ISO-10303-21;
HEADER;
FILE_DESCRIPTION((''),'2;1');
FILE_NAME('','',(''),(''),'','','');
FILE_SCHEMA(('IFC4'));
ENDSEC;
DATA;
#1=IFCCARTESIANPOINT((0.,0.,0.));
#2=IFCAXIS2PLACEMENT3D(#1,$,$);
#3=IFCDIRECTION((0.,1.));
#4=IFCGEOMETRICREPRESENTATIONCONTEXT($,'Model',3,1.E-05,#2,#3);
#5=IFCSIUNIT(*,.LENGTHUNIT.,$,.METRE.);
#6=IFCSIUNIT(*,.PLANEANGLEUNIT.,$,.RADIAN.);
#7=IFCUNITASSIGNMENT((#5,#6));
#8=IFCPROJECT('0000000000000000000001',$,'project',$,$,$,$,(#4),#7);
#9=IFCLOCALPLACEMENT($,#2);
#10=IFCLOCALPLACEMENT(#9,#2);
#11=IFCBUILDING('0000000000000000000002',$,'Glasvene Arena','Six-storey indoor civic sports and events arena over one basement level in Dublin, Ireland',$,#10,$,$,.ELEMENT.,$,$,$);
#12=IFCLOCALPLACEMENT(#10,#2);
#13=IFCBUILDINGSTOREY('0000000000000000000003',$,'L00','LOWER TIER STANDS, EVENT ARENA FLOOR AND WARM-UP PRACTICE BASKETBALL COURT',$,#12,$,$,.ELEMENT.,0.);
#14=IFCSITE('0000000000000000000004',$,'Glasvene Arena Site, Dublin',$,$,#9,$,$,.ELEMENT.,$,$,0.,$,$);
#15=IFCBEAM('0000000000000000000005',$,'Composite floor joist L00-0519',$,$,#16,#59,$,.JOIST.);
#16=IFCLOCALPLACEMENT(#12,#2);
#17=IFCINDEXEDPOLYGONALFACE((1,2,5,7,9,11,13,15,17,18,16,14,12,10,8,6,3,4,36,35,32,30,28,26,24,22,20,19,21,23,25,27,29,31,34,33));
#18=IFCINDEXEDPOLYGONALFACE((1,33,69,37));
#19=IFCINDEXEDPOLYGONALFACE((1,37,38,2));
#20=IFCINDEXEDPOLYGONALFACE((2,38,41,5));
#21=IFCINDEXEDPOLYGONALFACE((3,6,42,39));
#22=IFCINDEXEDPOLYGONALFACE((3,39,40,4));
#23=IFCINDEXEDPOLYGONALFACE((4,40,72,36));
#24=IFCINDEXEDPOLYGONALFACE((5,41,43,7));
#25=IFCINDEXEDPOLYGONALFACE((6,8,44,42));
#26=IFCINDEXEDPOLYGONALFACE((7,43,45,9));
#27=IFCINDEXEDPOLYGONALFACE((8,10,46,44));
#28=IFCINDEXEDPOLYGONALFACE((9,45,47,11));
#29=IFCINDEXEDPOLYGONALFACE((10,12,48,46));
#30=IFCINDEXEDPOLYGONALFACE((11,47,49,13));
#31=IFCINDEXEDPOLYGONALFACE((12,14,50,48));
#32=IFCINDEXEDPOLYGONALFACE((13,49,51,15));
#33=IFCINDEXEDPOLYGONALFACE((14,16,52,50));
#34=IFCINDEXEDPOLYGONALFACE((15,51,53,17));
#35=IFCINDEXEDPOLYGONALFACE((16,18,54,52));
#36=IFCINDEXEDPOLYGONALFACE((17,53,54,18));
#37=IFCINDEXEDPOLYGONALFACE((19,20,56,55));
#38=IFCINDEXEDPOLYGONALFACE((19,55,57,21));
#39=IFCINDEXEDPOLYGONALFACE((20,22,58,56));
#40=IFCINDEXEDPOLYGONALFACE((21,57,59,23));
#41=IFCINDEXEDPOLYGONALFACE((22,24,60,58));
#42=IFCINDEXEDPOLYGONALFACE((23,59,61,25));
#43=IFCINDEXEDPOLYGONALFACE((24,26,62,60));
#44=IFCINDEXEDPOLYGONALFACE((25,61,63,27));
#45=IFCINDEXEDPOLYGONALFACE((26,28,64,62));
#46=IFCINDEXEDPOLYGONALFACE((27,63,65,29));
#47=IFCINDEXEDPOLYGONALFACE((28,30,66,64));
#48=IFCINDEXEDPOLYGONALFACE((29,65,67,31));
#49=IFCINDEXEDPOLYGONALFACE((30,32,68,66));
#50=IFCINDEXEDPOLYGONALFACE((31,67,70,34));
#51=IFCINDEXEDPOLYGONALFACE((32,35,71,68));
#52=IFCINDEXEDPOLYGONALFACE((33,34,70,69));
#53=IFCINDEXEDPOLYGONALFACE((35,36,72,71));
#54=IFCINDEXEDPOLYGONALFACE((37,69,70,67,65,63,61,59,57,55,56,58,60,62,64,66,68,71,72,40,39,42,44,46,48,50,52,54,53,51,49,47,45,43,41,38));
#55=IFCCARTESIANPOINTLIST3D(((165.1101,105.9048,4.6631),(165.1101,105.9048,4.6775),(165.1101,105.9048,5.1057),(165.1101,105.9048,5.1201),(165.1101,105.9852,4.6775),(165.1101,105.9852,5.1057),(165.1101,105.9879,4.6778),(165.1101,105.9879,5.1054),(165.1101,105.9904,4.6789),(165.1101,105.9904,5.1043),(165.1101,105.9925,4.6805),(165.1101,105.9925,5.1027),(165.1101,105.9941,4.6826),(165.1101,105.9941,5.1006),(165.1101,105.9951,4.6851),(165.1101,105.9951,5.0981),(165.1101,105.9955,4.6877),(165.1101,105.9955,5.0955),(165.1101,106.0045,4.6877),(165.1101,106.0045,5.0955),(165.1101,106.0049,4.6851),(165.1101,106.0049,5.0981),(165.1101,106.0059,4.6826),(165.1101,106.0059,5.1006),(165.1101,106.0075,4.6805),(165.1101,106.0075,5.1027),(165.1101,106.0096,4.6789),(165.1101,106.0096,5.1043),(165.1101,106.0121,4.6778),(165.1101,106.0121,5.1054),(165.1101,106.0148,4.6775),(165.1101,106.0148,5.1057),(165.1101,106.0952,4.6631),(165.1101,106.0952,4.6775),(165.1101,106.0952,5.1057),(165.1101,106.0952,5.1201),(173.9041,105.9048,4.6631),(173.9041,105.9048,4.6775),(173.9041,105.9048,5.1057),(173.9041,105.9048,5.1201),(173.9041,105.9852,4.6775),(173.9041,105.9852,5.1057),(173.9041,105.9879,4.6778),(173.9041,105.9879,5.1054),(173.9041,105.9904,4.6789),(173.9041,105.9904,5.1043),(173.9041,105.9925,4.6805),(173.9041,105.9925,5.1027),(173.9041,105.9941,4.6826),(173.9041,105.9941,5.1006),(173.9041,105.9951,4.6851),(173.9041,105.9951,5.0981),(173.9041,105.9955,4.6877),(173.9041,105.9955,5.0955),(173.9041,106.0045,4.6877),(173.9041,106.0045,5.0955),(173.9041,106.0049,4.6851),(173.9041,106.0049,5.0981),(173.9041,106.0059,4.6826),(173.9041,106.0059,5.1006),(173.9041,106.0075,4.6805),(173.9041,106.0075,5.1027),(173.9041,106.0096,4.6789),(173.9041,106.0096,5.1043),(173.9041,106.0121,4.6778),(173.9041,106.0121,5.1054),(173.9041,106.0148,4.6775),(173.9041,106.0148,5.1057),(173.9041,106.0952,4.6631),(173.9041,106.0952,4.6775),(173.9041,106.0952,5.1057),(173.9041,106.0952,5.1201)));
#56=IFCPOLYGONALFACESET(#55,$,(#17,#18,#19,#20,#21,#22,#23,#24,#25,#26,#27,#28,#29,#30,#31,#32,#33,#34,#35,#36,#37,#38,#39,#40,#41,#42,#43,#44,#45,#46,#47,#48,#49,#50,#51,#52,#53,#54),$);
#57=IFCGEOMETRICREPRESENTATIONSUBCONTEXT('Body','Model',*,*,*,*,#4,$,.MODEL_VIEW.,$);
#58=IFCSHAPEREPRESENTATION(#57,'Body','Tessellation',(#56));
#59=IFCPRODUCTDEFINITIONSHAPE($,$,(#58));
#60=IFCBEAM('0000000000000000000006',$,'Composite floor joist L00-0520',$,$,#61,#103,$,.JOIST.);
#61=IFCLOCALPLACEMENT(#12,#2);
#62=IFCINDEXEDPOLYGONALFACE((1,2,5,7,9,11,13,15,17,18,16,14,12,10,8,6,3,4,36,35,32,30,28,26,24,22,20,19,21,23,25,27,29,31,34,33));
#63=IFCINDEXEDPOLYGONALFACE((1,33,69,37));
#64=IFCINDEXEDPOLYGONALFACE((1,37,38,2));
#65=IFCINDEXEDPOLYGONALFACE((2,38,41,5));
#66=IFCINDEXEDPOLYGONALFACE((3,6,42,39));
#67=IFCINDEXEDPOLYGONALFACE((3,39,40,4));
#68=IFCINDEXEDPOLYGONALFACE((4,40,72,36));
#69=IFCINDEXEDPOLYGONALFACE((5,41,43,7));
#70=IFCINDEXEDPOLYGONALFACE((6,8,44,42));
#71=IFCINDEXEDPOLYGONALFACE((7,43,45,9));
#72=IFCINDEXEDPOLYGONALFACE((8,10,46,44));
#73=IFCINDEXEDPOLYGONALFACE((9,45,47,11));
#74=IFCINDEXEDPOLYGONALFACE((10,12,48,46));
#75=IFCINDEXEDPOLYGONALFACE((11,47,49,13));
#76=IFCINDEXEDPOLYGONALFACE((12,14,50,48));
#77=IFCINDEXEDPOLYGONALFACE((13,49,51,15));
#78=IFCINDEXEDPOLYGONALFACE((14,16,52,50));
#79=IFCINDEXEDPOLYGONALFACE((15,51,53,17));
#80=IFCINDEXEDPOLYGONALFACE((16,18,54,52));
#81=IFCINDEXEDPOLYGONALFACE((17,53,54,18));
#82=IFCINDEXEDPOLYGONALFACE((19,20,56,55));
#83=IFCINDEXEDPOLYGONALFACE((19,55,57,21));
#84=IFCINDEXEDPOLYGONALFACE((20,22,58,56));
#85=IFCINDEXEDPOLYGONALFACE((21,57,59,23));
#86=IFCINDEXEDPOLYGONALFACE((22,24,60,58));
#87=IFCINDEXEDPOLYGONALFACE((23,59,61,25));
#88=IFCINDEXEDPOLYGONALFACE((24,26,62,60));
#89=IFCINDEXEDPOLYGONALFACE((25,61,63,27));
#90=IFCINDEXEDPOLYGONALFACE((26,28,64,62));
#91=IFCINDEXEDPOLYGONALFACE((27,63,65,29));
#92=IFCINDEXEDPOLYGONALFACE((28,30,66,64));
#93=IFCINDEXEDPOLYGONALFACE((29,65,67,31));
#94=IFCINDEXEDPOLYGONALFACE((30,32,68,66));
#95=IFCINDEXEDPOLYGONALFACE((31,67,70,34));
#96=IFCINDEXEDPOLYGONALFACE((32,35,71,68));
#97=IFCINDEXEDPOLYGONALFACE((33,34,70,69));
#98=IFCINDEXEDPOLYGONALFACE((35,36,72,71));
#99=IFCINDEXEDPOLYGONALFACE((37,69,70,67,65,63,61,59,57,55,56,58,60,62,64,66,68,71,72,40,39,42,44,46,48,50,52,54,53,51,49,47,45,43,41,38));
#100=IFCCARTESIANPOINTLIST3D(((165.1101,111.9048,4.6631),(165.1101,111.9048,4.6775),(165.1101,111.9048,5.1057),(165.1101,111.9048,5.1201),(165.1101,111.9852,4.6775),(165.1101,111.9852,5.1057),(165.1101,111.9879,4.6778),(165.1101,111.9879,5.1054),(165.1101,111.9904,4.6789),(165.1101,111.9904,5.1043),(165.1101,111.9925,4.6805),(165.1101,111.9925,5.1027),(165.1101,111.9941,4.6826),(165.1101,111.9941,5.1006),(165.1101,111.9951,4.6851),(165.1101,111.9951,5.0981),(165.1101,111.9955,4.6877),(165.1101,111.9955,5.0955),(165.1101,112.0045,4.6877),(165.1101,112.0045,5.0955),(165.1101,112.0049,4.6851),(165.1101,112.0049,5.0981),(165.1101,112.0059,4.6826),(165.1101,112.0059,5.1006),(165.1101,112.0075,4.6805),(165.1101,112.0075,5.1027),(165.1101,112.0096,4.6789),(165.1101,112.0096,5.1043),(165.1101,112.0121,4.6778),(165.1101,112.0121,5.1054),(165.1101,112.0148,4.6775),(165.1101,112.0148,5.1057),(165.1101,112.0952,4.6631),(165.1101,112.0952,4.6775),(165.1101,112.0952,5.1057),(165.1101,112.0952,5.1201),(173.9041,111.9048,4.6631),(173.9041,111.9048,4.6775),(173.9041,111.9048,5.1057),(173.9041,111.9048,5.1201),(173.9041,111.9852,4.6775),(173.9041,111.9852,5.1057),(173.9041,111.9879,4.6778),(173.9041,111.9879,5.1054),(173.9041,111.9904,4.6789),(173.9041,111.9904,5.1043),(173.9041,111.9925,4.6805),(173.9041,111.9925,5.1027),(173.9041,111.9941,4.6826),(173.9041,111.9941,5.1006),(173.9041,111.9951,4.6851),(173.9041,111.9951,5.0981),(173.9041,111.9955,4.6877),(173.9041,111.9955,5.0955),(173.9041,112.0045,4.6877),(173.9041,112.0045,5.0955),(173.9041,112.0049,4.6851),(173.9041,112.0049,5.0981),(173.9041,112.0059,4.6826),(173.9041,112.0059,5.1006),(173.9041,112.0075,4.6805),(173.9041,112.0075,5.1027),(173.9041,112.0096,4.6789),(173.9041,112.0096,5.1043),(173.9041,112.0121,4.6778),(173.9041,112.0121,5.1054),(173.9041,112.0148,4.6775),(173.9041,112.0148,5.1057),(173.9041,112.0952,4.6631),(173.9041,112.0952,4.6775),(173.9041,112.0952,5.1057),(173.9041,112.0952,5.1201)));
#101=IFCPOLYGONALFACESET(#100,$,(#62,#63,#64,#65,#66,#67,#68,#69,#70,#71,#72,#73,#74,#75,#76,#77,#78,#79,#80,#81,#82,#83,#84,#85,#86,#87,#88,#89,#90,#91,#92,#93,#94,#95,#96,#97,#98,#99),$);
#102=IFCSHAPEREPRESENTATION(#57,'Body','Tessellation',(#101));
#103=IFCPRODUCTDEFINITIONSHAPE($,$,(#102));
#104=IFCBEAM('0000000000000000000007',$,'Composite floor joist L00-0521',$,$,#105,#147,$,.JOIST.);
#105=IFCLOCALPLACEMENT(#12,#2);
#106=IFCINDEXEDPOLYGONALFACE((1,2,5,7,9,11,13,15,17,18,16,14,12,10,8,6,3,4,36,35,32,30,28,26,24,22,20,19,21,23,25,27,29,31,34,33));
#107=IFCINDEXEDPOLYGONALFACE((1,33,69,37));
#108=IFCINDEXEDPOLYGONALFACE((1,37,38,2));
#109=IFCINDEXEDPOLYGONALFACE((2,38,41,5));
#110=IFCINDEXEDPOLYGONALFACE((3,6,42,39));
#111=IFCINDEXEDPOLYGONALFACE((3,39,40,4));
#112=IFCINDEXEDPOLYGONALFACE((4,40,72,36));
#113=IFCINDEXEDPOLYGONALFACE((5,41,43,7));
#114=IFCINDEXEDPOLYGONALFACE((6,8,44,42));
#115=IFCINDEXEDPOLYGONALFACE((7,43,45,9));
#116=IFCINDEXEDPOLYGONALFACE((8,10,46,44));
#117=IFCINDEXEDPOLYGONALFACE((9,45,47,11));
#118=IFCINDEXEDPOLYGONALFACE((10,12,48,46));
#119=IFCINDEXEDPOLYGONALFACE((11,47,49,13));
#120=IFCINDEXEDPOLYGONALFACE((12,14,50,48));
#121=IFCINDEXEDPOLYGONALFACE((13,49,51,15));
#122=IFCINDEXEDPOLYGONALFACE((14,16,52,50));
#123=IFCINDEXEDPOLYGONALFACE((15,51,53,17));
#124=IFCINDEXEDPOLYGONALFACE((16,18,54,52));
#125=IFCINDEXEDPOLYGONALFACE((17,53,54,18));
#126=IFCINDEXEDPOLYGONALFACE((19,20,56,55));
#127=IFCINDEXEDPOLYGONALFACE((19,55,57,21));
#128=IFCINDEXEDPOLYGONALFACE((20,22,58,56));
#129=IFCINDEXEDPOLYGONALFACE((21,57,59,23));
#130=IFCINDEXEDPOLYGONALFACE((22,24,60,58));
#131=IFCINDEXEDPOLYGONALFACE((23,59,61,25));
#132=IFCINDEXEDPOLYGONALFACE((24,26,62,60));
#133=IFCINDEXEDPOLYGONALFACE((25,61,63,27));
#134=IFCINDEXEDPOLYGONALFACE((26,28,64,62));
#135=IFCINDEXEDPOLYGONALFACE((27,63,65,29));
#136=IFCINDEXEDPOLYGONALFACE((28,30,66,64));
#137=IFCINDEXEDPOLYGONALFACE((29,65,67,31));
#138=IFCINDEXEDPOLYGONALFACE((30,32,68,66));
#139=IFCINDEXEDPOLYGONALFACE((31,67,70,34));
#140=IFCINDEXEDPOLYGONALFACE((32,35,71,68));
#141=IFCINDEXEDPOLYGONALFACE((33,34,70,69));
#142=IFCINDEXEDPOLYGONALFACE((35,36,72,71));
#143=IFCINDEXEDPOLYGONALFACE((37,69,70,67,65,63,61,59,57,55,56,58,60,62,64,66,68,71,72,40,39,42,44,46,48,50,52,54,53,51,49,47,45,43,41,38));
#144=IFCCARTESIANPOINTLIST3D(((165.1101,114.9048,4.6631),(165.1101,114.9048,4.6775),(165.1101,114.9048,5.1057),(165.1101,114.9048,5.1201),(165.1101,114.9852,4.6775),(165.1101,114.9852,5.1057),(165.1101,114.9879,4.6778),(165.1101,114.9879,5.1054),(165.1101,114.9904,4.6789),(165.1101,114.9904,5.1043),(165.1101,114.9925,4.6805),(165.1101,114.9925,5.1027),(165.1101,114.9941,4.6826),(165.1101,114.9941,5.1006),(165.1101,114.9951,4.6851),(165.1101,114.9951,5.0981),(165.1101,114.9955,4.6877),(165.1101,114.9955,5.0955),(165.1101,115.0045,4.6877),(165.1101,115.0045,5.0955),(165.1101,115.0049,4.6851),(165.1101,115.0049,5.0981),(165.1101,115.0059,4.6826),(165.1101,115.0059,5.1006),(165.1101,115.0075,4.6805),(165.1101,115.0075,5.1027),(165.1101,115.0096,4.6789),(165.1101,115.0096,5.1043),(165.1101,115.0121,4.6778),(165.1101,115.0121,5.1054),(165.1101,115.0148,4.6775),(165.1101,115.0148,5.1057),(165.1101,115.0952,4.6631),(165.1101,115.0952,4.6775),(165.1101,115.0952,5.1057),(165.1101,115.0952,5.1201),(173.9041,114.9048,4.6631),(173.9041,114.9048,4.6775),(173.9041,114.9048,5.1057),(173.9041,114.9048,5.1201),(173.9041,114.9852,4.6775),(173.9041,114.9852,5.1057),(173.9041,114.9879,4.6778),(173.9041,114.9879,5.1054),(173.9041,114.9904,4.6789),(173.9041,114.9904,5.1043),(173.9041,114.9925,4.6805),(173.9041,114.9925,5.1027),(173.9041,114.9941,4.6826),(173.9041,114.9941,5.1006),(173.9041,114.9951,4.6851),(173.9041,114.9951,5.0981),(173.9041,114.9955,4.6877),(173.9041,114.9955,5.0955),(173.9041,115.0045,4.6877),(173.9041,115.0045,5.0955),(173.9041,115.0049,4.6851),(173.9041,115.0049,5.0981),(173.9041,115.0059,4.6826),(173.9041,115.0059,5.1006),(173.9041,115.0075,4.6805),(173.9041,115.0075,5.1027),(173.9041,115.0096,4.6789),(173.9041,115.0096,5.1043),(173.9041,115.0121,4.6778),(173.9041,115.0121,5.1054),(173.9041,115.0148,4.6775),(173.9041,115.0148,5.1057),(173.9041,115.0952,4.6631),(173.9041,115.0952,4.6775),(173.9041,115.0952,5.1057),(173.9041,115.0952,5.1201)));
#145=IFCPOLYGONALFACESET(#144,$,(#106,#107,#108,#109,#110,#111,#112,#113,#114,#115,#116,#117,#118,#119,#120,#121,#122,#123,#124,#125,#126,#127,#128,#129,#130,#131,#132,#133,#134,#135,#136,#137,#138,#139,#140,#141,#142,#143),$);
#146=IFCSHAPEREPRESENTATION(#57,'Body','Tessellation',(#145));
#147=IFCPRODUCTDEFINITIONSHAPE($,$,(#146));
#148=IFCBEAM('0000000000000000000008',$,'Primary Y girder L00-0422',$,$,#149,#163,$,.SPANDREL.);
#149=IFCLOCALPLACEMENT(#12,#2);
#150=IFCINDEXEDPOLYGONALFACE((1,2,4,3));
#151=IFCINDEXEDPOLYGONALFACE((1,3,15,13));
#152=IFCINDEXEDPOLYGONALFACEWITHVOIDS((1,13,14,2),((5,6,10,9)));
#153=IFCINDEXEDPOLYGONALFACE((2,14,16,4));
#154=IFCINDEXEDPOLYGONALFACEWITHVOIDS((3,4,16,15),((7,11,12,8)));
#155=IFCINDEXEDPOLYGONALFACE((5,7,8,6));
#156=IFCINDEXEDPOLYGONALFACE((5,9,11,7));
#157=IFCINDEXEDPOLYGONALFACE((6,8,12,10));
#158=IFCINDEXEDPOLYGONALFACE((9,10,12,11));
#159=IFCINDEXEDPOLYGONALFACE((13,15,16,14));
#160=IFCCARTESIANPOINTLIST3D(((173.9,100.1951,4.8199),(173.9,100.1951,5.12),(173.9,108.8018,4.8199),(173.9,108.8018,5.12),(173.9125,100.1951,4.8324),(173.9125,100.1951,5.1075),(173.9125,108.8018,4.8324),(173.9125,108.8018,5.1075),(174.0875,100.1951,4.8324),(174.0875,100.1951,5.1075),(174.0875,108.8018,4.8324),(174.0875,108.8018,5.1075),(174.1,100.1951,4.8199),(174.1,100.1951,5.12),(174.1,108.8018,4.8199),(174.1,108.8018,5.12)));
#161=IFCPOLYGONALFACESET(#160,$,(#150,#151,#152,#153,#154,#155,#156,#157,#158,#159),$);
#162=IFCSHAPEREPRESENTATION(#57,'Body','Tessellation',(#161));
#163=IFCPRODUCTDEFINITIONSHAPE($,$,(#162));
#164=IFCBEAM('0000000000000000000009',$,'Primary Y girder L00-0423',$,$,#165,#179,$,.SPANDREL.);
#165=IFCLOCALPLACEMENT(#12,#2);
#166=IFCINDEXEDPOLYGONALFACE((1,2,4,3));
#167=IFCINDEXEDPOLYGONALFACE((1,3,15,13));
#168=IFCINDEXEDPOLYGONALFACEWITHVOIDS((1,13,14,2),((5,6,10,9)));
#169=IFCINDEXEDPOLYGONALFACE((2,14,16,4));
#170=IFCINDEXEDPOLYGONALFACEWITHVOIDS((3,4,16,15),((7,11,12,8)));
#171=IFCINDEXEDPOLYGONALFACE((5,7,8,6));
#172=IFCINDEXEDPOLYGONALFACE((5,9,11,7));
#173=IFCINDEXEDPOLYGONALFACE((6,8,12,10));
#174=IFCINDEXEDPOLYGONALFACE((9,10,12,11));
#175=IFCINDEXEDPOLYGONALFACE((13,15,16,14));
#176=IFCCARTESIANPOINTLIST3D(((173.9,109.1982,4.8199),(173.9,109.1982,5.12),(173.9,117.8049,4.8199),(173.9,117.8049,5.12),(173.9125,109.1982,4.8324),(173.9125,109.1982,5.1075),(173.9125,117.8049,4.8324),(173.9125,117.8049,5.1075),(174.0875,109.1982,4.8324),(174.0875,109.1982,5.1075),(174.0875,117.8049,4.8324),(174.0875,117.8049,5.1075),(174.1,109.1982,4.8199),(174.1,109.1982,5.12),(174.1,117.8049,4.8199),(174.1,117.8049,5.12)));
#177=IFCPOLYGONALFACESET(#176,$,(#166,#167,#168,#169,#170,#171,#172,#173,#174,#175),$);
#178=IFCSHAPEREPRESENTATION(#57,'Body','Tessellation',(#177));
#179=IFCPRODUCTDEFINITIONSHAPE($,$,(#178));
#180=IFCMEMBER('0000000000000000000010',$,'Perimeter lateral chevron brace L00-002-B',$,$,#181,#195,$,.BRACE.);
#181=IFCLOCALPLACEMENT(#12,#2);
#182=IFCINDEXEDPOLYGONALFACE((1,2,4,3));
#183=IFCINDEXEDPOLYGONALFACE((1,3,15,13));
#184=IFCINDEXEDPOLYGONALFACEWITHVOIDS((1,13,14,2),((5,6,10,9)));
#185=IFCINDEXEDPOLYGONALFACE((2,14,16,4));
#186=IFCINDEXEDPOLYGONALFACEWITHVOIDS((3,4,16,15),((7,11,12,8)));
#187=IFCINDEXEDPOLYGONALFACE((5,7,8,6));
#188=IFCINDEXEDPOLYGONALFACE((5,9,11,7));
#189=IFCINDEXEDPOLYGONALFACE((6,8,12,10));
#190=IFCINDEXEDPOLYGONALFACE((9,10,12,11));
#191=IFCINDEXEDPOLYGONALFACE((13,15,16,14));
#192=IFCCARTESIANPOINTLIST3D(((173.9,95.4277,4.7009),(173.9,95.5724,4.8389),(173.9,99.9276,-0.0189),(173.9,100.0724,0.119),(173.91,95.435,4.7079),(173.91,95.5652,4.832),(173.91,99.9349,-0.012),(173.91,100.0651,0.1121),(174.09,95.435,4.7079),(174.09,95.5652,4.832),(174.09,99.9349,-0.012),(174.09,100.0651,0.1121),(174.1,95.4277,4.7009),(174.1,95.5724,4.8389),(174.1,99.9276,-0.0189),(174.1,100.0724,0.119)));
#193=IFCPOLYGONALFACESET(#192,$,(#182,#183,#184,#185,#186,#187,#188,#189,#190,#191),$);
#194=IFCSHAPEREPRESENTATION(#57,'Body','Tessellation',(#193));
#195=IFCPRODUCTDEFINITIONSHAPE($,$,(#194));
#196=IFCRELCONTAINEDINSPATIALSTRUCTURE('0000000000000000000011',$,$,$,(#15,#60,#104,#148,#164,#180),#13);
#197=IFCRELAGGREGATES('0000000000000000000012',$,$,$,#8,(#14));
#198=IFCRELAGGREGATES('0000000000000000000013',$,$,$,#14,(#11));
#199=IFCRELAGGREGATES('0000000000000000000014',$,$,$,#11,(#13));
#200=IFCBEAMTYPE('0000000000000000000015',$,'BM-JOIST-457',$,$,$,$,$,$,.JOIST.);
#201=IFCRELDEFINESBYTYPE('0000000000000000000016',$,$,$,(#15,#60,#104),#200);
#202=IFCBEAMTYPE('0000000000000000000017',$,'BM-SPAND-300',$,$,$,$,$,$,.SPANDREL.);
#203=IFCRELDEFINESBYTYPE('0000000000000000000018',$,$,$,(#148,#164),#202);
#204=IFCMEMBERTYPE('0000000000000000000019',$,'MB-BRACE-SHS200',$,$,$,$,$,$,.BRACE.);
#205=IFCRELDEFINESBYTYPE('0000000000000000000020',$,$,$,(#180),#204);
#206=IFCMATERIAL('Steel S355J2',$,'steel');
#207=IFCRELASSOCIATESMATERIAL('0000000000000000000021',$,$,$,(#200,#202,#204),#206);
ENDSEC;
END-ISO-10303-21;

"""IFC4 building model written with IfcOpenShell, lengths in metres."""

from ifc_helpers import new_model, si_unit, direction, frame, origin, origin_2d, place, context, subcontext, project, spatial, hollow_rectangle, i_section, extrude, material, material_profile, profile_set, type_object, element, save


model = new_model("IFC4")

# Units and contexts
model_context = context("Model", 3, precision=1e-05, world=origin(), true_north=direction((0.0, 1.0)))
body_context = subcontext(model_context, "Body", "Model", "MODEL_VIEW")
ifc_project = project(units=[si_unit("LENGTHUNIT", "METRE"), si_unit("PLANEANGLEUNIT", "RADIAN")], contexts=[model_context])

# Site, building, storey
site_placement = place(None, origin())
site = spatial("IfcSite", under=ifc_project, at=site_placement, Name="Glasvene Arena Site, Dublin", CompositionType="ELEMENT", RefElevation=0.0)
building_placement = place(site_placement, origin())
building = spatial("IfcBuilding", under=site, at=building_placement, Name="Glasvene Arena", Description="Six-storey indoor civic sports and events arena over one basement level in Dublin, Ireland", CompositionType="ELEMENT")
storey_placement = place(building_placement, origin())
storey = spatial("IfcBuildingStorey", under=building, at=storey_placement, Name="L00", Description="LOWER TIER STANDS, EVENT ARENA FLOOR AND WARM-UP PRACTICE BASKETBALL COURT", CompositionType="ELEMENT", Elevation=0.0)

# Shared definitions
ifc_material_1 = material(Name="Steel S355J2", Category="steel")

# Beams
ifc_material_profile_1 = material_profile(ifc_material_1, i_section(OverallWidth=0.1904, OverallDepth=0.457, WebThickness=0.009, FlangeThickness=0.0144, FilletRadius=0.0103, at=origin_2d()), Name="UKB 457x191x74")
ifc_profile_set_1 = profile_set([ifc_material_profile_1], Name="Steel S355J2")
beam_type_1 = type_object("IfcBeamType", Name="BM-JOIST-457", PredefinedType="JOIST", material=ifc_profile_set_1)
for number, where, z_axis, x_axis, name in (
    (1, (165.1101, 106.0, 4.8916), (1.0, 0.0, 0.0), (0.0, 1.0, 0.0), "Composite floor joist L00-0519"),
    (2, (165.1101, 112.0, 4.8916), (1.0, 0.0, 0.0), (0.0, 1.0, 0.0), "Composite floor joist L00-0520"),
    (3, (165.1101, 115.0, 4.8916), (1.0, 0.0, 0.0), (0.0, 1.0, 0.0), "Composite floor joist L00-0521"),
):
    element("IfcBeam", number, at=place(storey_placement, frame(where, z_axis=z_axis, x_axis=x_axis)), inside=storey, type_object=beam_type_1, Name=name, PredefinedType="JOIST", context=body_context, shape_type="SweptSolid", body=[
        extrude(i_section(OverallWidth=0.1904, OverallDepth=0.457, WebThickness=0.009, FlangeThickness=0.0144, FilletRadius=0.0103, at=origin_2d()), origin(), (0.0, 0.0, 1.0), 8.7939),
    ])
ifc_material_profile_2 = material_profile(ifc_material_1, hollow_rectangle(XDim=0.2, YDim=0.3, WallThickness=0.0125, at=origin_2d()), Name="RHS 300x200x12.5")
ifc_profile_set_2 = profile_set([ifc_material_profile_2], Name="Steel S355J2")
beam_type_2 = type_object("IfcBeamType", Name="BM-SPAND-300", PredefinedType="SPANDREL", material=ifc_profile_set_2)
for number, where, z_axis, x_axis, name in (
    (4, (174.0, 100.1951, 4.97), (0.0, 1.0, 0.0), (-1.0, 0.0, 0.0), "Primary Y girder L00-0422"),
    (5, (174.0, 109.1982, 4.97), (0.0, 1.0, 0.0), (-1.0, 0.0, 0.0), "Primary Y girder L00-0423"),
):
    element("IfcBeam", number, at=place(storey_placement, frame(where, z_axis=z_axis, x_axis=x_axis)), inside=storey, type_object=beam_type_2, Name=name, PredefinedType="SPANDREL", context=body_context, shape_type="SweptSolid", body=[
        extrude(hollow_rectangle(XDim=0.2, YDim=0.3, WallThickness=0.0125, at=origin_2d()), origin(), (0.0, 0.0, 1.0), 8.6067),
    ])

# Member
ifc_material_profile_3 = material_profile(ifc_material_1, hollow_rectangle(XDim=0.2, YDim=0.2, WallThickness=0.01, at=origin_2d()), Name="SHS 200x200x10.0")
ifc_profile_set_3 = profile_set([ifc_material_profile_3], Name="Steel S355J2")
member_type = type_object("IfcMemberType", Name="MB-BRACE-SHS200", PredefinedType="BRACE", material=ifc_profile_set_3)
for number, where, z_axis, x_axis, name in (
    (6, (174.0, 100.0, 0.05), (0.0, -0.69004, 0.723771), (1.0, 0.0, 0.0), "Perimeter lateral chevron brace L00-002-B"),
):
    element("IfcMember", number, at=place(storey_placement, frame(where, z_axis=z_axis, x_axis=x_axis)), inside=storey, type_object=member_type, Name=name, PredefinedType="BRACE", context=body_context, shape_type="SweptSolid", body=[
        extrude(hollow_rectangle(XDim=0.2, YDim=0.2, WallThickness=0.01, at=origin_2d()), origin(), (0.0, 0.0, 1.0), 6.5212),
    ])

save(model, "model.ifc")
